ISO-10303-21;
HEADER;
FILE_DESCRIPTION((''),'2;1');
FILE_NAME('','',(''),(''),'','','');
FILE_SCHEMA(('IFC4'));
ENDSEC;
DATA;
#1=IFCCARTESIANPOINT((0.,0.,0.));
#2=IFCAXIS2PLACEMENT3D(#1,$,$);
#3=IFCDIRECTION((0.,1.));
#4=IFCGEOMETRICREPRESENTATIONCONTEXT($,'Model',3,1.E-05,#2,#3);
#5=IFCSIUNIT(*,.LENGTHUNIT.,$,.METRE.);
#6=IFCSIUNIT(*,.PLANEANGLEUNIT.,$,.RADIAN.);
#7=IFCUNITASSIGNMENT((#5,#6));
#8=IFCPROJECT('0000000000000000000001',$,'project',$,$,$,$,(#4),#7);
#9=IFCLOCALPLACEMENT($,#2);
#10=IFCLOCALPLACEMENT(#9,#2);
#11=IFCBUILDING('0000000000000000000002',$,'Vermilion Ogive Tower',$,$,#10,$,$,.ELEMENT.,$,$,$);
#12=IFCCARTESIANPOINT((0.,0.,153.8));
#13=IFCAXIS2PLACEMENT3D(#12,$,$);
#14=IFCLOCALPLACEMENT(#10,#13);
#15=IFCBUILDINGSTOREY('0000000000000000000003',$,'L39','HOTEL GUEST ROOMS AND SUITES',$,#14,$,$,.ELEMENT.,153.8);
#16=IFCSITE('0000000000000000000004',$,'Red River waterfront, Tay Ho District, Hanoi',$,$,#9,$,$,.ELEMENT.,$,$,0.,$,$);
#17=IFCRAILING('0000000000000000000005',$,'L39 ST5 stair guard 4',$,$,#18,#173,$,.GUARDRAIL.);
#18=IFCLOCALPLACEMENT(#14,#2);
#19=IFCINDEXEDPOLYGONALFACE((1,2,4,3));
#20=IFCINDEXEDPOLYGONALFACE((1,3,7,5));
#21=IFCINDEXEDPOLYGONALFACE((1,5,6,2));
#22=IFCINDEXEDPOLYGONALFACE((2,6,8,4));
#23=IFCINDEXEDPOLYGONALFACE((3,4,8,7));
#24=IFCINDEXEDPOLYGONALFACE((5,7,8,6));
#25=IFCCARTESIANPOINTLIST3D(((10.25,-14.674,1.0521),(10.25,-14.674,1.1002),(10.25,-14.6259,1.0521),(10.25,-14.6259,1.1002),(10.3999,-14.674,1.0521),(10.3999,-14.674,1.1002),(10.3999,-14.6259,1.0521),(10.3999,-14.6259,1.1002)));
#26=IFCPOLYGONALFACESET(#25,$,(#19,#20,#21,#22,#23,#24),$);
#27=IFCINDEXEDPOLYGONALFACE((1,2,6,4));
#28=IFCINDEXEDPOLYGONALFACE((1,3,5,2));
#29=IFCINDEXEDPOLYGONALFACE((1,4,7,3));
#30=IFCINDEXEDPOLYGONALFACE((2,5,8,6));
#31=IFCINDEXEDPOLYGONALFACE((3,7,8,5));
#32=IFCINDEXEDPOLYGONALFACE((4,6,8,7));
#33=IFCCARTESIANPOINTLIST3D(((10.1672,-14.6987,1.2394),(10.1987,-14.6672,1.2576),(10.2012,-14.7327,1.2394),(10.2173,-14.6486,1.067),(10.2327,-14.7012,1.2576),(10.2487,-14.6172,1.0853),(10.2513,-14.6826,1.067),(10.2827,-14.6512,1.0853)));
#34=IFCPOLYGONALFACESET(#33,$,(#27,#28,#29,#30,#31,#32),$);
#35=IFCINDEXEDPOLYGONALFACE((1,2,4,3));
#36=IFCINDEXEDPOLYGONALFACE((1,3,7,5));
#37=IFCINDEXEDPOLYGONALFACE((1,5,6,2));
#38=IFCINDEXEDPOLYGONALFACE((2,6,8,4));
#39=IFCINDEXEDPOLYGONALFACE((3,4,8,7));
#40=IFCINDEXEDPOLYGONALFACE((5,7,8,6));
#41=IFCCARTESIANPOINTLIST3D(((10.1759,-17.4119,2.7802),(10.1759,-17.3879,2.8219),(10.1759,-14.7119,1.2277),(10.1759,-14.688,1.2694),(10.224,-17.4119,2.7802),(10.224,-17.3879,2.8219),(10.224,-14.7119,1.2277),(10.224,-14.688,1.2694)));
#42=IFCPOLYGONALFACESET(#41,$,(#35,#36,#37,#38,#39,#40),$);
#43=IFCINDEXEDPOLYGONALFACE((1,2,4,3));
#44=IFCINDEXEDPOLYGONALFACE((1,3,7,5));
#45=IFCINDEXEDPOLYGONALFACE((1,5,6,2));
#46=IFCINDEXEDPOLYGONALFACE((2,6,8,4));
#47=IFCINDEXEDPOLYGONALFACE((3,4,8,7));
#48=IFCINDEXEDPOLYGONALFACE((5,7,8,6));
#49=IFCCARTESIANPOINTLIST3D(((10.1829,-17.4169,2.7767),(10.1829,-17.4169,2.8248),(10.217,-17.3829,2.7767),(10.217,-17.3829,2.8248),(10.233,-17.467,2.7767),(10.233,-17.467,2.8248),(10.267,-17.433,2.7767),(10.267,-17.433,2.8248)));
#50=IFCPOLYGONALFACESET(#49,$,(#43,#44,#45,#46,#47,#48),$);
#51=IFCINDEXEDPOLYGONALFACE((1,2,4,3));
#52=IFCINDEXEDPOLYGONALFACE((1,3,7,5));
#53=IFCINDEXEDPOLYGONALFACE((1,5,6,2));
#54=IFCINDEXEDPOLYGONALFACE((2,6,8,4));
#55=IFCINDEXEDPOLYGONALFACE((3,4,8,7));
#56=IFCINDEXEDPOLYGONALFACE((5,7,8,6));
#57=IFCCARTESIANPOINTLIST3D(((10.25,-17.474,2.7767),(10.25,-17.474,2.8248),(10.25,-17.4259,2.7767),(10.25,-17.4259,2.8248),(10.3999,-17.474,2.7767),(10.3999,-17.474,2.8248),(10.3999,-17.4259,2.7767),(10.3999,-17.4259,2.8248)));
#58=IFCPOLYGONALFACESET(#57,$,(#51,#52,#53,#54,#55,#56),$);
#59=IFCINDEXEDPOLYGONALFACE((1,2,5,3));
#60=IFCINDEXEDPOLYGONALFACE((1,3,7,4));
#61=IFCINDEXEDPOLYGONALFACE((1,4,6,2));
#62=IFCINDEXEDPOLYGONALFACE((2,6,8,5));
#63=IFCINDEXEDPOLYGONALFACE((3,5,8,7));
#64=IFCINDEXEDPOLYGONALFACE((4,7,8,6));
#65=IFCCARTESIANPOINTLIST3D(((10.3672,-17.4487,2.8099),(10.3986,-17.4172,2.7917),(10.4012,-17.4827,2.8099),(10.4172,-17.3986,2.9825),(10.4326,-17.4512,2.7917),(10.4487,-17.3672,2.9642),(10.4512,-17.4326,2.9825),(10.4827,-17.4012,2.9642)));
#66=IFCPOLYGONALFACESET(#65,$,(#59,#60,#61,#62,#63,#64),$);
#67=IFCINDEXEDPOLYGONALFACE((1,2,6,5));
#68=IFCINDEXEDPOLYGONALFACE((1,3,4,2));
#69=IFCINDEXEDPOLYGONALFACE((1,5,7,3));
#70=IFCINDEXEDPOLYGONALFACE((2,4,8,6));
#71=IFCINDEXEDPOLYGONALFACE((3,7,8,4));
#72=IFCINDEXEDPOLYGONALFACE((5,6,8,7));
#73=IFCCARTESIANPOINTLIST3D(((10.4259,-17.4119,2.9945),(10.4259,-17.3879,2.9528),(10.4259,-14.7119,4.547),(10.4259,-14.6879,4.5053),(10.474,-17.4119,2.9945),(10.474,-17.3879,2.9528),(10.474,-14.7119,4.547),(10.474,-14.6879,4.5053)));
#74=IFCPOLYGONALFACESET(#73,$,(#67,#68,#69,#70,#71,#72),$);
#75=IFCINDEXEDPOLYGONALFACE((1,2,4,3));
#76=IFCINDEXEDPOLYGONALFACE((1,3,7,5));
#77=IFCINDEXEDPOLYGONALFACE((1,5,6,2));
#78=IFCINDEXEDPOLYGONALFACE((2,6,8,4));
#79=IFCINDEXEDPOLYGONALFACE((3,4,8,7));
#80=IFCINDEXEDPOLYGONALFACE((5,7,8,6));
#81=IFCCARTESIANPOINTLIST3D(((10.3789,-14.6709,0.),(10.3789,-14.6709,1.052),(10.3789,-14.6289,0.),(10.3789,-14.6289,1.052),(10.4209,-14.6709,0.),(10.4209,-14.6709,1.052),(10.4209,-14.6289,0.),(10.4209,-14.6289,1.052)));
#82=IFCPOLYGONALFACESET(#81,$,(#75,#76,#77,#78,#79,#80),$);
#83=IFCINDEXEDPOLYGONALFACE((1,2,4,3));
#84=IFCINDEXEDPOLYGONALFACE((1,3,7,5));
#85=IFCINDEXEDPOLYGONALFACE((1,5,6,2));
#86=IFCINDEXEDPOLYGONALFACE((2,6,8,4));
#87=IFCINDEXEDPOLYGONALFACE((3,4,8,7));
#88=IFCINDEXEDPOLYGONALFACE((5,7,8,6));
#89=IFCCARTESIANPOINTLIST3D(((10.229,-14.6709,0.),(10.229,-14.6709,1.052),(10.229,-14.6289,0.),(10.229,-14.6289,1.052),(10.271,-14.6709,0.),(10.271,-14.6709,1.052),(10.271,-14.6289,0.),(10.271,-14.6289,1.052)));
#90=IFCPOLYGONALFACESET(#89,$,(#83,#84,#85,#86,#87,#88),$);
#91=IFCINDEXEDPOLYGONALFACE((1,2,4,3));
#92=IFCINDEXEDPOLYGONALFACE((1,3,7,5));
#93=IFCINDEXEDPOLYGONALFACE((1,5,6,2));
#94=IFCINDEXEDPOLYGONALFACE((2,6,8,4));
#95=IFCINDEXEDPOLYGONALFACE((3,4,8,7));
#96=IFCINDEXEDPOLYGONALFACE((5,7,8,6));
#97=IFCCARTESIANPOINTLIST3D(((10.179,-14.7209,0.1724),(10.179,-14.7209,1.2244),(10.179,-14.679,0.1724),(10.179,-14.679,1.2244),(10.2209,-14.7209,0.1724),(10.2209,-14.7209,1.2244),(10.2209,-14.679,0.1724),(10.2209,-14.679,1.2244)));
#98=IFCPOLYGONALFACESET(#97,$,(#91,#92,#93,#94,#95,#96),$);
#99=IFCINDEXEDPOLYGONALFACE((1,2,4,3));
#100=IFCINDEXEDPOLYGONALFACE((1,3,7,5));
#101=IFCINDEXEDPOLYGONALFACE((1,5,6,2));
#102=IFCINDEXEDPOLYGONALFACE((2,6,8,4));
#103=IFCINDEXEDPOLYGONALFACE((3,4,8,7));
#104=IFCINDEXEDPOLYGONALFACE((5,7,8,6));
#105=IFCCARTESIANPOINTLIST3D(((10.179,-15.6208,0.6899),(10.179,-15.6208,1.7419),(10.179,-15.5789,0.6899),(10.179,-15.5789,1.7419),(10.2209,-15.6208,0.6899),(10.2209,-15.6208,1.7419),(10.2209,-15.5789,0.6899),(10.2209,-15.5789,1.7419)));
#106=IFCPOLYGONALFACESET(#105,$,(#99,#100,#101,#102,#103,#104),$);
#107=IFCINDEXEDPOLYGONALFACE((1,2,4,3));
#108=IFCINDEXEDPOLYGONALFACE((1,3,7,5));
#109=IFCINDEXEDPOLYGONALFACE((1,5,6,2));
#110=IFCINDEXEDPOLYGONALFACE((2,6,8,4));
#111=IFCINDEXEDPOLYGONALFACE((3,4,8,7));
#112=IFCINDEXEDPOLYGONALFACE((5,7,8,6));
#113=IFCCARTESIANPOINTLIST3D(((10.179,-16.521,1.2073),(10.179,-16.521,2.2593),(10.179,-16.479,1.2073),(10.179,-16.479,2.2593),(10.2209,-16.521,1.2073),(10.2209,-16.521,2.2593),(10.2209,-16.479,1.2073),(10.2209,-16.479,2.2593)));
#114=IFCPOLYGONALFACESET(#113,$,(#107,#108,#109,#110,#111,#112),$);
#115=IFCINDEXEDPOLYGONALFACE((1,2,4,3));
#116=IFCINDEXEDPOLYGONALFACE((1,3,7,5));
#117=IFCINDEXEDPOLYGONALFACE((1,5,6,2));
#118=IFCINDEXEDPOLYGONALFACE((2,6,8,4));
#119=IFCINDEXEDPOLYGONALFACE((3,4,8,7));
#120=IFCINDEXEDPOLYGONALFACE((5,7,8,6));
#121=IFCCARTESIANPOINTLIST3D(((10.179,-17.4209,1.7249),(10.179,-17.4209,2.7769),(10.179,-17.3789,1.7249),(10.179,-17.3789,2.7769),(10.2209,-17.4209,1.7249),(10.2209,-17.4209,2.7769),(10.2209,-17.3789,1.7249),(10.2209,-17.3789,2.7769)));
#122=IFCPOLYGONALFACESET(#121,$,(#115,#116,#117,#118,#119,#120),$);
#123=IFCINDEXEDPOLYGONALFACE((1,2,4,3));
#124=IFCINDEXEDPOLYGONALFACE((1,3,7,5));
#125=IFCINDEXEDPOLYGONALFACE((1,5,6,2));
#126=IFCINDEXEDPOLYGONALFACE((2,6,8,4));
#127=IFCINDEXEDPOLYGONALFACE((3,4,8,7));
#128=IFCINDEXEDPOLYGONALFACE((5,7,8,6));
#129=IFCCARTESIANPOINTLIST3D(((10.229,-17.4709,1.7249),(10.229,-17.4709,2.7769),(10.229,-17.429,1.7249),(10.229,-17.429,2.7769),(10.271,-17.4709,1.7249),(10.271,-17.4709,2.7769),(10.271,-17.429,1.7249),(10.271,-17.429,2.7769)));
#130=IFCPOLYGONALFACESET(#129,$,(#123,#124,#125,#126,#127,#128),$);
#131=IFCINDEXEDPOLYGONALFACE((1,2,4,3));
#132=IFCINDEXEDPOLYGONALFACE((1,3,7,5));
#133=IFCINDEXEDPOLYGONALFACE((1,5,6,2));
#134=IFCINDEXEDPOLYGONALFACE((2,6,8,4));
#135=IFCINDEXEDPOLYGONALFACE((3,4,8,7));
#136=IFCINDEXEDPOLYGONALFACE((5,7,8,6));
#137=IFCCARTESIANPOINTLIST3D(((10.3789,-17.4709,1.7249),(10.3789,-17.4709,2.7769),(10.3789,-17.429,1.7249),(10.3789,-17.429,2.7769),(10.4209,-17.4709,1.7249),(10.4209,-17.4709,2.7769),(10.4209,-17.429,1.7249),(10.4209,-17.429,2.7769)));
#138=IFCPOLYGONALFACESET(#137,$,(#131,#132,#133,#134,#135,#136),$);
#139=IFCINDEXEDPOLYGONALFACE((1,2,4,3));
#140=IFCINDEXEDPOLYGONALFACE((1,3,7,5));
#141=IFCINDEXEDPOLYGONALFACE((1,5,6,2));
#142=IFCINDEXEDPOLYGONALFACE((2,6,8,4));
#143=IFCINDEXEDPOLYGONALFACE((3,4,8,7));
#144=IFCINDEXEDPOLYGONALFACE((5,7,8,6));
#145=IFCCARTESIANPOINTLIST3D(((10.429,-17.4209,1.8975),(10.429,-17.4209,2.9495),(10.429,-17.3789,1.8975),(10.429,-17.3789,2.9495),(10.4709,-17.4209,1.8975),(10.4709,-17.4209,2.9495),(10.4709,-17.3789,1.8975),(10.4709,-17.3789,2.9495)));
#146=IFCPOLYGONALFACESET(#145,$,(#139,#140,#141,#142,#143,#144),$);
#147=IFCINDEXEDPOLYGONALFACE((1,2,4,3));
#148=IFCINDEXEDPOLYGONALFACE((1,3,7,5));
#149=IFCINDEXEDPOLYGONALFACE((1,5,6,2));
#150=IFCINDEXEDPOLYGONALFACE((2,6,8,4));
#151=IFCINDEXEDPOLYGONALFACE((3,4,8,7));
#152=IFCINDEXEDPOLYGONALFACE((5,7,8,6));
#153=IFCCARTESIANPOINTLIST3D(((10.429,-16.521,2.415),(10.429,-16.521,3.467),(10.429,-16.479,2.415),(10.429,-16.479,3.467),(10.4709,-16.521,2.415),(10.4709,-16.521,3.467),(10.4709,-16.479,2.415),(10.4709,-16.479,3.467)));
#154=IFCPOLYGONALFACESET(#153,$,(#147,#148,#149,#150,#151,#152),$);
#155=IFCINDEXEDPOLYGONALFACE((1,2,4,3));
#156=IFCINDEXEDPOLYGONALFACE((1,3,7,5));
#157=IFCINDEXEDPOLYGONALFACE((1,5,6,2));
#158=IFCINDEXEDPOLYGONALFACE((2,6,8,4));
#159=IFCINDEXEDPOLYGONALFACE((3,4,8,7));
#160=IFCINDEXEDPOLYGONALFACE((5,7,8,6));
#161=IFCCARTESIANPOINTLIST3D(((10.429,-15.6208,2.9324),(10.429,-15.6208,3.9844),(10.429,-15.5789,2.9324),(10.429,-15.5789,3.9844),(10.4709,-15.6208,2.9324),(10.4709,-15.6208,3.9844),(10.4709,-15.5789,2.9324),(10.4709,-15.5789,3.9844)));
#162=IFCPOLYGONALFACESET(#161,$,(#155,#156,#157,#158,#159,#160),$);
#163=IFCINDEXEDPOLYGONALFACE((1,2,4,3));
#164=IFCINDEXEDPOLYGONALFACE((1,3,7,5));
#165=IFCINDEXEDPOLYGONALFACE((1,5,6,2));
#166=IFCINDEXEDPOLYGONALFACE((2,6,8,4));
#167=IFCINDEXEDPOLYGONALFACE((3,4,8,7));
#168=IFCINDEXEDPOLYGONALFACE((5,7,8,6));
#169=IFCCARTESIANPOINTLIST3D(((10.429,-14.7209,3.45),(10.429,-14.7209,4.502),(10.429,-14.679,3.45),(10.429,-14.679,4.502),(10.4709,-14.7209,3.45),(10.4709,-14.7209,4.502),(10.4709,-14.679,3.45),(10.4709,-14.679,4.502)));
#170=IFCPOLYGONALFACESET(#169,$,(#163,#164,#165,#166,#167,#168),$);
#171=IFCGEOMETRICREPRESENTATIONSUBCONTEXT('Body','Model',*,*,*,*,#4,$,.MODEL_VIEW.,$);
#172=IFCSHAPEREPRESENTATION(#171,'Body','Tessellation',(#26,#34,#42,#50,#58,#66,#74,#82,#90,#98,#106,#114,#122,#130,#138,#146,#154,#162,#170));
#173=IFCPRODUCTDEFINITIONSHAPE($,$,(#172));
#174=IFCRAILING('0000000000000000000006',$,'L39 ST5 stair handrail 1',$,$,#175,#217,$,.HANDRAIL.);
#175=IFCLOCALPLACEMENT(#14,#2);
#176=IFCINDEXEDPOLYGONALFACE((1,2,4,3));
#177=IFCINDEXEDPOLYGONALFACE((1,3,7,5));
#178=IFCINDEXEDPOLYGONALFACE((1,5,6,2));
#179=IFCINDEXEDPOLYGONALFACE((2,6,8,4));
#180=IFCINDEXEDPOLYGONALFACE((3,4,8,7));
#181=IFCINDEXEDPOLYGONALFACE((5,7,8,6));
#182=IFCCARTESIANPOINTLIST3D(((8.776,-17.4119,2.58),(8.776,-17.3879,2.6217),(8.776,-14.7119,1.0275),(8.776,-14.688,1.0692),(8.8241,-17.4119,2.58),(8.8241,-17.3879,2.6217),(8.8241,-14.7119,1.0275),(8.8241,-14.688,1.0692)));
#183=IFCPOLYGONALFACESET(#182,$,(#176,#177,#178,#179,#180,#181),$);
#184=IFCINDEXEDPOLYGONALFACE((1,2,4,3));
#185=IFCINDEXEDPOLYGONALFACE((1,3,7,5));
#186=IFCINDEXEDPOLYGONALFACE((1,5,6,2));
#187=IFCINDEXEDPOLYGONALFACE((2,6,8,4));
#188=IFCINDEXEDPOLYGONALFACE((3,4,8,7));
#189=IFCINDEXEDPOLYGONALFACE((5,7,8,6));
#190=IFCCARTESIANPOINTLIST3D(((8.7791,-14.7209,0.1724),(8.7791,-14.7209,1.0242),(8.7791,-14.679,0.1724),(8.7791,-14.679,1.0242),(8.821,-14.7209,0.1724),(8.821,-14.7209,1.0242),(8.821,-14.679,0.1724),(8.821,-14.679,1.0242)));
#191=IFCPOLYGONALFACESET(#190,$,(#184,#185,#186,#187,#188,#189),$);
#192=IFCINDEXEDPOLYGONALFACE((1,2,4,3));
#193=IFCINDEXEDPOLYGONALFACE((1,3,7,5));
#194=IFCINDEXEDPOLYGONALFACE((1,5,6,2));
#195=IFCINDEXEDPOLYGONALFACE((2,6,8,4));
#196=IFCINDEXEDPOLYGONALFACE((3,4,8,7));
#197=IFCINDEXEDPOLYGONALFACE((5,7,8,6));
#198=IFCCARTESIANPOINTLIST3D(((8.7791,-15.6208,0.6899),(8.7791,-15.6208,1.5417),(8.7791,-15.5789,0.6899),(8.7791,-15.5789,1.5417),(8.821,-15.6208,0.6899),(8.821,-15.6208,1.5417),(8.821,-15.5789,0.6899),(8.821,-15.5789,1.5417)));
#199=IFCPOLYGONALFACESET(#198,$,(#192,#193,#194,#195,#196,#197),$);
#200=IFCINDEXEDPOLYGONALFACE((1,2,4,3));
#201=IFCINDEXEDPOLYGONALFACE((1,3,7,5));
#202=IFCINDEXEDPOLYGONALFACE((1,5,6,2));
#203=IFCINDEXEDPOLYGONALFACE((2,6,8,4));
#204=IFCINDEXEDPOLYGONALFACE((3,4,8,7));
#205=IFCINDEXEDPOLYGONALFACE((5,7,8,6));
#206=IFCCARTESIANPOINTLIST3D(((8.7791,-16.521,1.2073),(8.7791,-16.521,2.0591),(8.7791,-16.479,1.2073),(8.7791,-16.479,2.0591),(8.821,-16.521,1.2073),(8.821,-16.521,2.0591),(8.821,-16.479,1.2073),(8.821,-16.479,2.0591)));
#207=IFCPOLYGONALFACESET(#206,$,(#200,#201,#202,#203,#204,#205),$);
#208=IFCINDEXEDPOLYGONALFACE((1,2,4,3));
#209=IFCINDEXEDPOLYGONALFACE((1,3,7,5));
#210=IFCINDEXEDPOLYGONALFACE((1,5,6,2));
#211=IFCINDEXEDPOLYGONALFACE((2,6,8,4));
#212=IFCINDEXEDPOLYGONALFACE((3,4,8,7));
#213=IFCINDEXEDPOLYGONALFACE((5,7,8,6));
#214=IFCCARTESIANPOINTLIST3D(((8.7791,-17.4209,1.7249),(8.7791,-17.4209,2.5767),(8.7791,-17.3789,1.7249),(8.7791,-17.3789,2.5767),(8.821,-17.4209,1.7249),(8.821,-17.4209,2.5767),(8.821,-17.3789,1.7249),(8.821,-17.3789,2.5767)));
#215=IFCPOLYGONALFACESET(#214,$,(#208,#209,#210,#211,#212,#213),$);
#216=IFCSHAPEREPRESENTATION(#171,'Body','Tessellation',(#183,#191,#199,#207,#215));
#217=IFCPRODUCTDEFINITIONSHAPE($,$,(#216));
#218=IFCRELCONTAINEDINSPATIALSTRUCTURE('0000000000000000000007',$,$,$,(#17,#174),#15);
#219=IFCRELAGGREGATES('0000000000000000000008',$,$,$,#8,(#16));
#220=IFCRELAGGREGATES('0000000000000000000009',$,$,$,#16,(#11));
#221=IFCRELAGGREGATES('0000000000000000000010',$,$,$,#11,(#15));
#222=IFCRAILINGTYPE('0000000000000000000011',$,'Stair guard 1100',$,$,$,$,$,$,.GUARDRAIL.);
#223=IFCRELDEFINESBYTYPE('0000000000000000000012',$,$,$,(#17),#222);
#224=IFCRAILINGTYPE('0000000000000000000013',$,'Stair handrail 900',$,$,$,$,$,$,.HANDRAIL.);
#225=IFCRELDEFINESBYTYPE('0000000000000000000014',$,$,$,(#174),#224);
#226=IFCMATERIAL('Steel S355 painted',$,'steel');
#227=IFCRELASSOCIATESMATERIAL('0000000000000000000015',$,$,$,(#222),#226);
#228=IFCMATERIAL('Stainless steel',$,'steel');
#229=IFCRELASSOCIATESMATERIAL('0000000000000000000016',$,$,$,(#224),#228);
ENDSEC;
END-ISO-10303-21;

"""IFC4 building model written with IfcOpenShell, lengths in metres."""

from ifc_helpers import new_model, si_unit, direction, frame, origin, origin_2d, place, context, subcontext, project, spatial, rectangle, extrude, material, type_object, element, save


model = new_model("IFC4")

# Units and contexts
model_context = context("Model", 3, precision=1e-05, world=origin(), true_north=direction((0.0, 1.0)))
body_context = subcontext(model_context, "Body", "Model", "MODEL_VIEW")
ifc_project = project(units=[si_unit("LENGTHUNIT", "METRE"), si_unit("PLANEANGLEUNIT", "RADIAN")], contexts=[model_context])

# Site, building, storey
site_placement = place(None, origin())
site = spatial("IfcSite", under=ifc_project, at=site_placement, Name="Red River waterfront, Tay Ho District, Hanoi", CompositionType="ELEMENT", RefElevation=0.0)
building_placement = place(site_placement, origin())
building = spatial("IfcBuilding", under=site, at=building_placement, Name="Vermilion Ogive Tower", CompositionType="ELEMENT")
storey_placement = place(building_placement, frame((0.0, 0.0, 153.8)))
storey = spatial("IfcBuildingStorey", under=building, at=storey_placement, Name="L39", Description="HOTEL GUEST ROOMS AND SUITES", CompositionType="ELEMENT", Elevation=153.8)

# Railings
ifc_material_1 = material(Name="Steel S355 painted", Category="steel")
railing_type_1 = type_object("IfcRailingType", Name="Stair guard 1100", PredefinedType="GUARDRAIL", material=ifc_material_1)
railing_1_placement = place(storey_placement, frame((10.3999, -14.6499, 0.0)))
element("IfcRailing", 1, at=railing_1_placement, inside=storey, type_object=railing_type_1, Name="L39 ST5 stair guard 4", PredefinedType="GUARDRAIL", context=body_context, shape_type="SweptSolid", body=[
    extrude(rectangle(XDim=0.0481, YDim=0.0481, at=origin_2d()), frame((0.0, 0.0, 1.0762), z_axis=(-1.0, 0.0, 0.0), x_axis=(0.0, -1.0, 0.0)), (0.0, 0.0, 1.0), 0.1499),
    extrude(rectangle(XDim=0.0481, YDim=0.0481, at=origin_2d()), frame((-0.1499, 0.0, 1.0762), z_axis=(-0.268603, -0.268603, 0.925043), x_axis=(0.707107, -0.707107, 0.0)), (0.0, 0.0, 1.0), 0.1863),
    extrude(rectangle(XDim=0.0481, YDim=0.0481, at=origin_2d()), frame((-0.2, -0.05, 1.2485), z_axis=(0.0, -0.866904, 0.498476), x_axis=(1.0, 0.0, 0.0)), (0.0, 0.0, 1.0), 3.1145),
    extrude(rectangle(XDim=0.0481, YDim=0.0481, at=origin_2d()), frame((-0.2, -2.75, 2.8008), z_axis=(0.707107, -0.707107, 0.0), x_axis=(0.707107, 0.707107, 0.0)), (0.0, 0.0, 1.0), 0.0708),
    extrude(rectangle(XDim=0.0481, YDim=0.0481, at=origin_2d()), frame((-0.1499, -2.8, 2.8008), z_axis=(1.0, 0.0, 0.0), x_axis=(0.0, 1.0, 0.0)), (0.0, 0.0, 1.0), 0.1499),
    extrude(rectangle(XDim=0.0481, YDim=0.0481, at=origin_2d()), frame((0.0, -2.8, 2.8008), z_axis=(0.268278, 0.268278, 0.925232), x_axis=(-0.707107, 0.707107, 0.0)), (0.0, 0.0, 1.0), 0.1865),
    extrude(rectangle(XDim=0.0481, YDim=0.0481, at=origin_2d()), frame((0.05, -2.75, 2.9736), z_axis=(0.0, 0.866904, 0.498476), x_axis=(-1.0, 0.0, 0.0)), (0.0, 0.0, 1.0), 3.1145),
    extrude(rectangle(XDim=0.042, YDim=0.042, at=origin_2d()), origin(), (0.0, 0.0, 1.0), 1.052),
    extrude(rectangle(XDim=0.042, YDim=0.042, at=origin_2d()), frame((-0.1499, 0.0, 0.0)), (0.0, 0.0, 1.0), 1.052),
    extrude(rectangle(XDim=0.042, YDim=0.042, at=origin_2d()), frame((-0.2, -0.05, 0.1724)), (0.0, 0.0, 1.0), 1.052),
    extrude(rectangle(XDim=0.042, YDim=0.042, at=origin_2d()), frame((-0.2, -0.95, 0.6899)), (0.0, 0.0, 1.0), 1.052),
    extrude(rectangle(XDim=0.042, YDim=0.042, at=origin_2d()), frame((-0.2, -1.8501, 1.2073)), (0.0, 0.0, 1.0), 1.052),
    extrude(rectangle(XDim=0.042, YDim=0.042, at=origin_2d()), frame((-0.2, -2.75, 1.7249)), (0.0, 0.0, 1.0), 1.052),
    extrude(rectangle(XDim=0.042, YDim=0.042, at=origin_2d()), frame((-0.1499, -2.8, 1.7249)), (0.0, 0.0, 1.0), 1.052),
    extrude(rectangle(XDim=0.042, YDim=0.042, at=origin_2d()), frame((0.0, -2.8, 1.7249)), (0.0, 0.0, 1.0), 1.052),
    extrude(rectangle(XDim=0.042, YDim=0.042, at=origin_2d()), frame((0.05, -2.75, 1.8975)), (0.0, 0.0, 1.0), 1.052),
    extrude(rectangle(XDim=0.042, YDim=0.042, at=origin_2d()), frame((0.05, -1.8501, 2.415)), (0.0, 0.0, 1.0), 1.052),
    extrude(rectangle(XDim=0.042, YDim=0.042, at=origin_2d()), frame((0.05, -0.95, 2.9324)), (0.0, 0.0, 1.0), 1.052),
    extrude(rectangle(XDim=0.042, YDim=0.042, at=origin_2d()), frame((0.05, -0.05, 3.45)), (0.0, 0.0, 1.0), 1.052),
])
ifc_material_2 = material(Name="Stainless steel", Category="steel")
railing_type_2 = type_object("IfcRailingType", Name="Stair handrail 900", PredefinedType="HANDRAIL", material=ifc_material_2)
railing_2_placement = place(storey_placement, frame((8.8, -14.7, 0.1724)))
element("IfcRailing", 2, at=railing_2_placement, inside=storey, type_object=railing_type_2, Name="L39 ST5 stair handrail 1", PredefinedType="HANDRAIL", context=body_context, shape_type="SweptSolid", body=[
    extrude(rectangle(XDim=0.0481, YDim=0.0481, at=origin_2d()), frame((0.0, 0.0, 0.876), z_axis=(0.0, -0.866904, 0.498476), x_axis=(1.0, 0.0, 0.0)), (0.0, 0.0, 1.0), 3.1145),
    extrude(rectangle(XDim=0.042, YDim=0.042, at=origin_2d()), origin(), (0.0, 0.0, 1.0), 0.8518),
    extrude(rectangle(XDim=0.042, YDim=0.042, at=origin_2d()), frame((0.0, -0.8999, 0.5176)), (0.0, 0.0, 1.0), 0.8518),
    extrude(rectangle(XDim=0.042, YDim=0.042, at=origin_2d()), frame((0.0, -1.8, 1.0349)), (0.0, 0.0, 1.0), 0.8518),
    extrude(rectangle(XDim=0.042, YDim=0.042, at=origin_2d()), frame((0.0, -2.7, 1.5525)), (0.0, 0.0, 1.0), 0.8518),
])

save(model, "model.ifc")
